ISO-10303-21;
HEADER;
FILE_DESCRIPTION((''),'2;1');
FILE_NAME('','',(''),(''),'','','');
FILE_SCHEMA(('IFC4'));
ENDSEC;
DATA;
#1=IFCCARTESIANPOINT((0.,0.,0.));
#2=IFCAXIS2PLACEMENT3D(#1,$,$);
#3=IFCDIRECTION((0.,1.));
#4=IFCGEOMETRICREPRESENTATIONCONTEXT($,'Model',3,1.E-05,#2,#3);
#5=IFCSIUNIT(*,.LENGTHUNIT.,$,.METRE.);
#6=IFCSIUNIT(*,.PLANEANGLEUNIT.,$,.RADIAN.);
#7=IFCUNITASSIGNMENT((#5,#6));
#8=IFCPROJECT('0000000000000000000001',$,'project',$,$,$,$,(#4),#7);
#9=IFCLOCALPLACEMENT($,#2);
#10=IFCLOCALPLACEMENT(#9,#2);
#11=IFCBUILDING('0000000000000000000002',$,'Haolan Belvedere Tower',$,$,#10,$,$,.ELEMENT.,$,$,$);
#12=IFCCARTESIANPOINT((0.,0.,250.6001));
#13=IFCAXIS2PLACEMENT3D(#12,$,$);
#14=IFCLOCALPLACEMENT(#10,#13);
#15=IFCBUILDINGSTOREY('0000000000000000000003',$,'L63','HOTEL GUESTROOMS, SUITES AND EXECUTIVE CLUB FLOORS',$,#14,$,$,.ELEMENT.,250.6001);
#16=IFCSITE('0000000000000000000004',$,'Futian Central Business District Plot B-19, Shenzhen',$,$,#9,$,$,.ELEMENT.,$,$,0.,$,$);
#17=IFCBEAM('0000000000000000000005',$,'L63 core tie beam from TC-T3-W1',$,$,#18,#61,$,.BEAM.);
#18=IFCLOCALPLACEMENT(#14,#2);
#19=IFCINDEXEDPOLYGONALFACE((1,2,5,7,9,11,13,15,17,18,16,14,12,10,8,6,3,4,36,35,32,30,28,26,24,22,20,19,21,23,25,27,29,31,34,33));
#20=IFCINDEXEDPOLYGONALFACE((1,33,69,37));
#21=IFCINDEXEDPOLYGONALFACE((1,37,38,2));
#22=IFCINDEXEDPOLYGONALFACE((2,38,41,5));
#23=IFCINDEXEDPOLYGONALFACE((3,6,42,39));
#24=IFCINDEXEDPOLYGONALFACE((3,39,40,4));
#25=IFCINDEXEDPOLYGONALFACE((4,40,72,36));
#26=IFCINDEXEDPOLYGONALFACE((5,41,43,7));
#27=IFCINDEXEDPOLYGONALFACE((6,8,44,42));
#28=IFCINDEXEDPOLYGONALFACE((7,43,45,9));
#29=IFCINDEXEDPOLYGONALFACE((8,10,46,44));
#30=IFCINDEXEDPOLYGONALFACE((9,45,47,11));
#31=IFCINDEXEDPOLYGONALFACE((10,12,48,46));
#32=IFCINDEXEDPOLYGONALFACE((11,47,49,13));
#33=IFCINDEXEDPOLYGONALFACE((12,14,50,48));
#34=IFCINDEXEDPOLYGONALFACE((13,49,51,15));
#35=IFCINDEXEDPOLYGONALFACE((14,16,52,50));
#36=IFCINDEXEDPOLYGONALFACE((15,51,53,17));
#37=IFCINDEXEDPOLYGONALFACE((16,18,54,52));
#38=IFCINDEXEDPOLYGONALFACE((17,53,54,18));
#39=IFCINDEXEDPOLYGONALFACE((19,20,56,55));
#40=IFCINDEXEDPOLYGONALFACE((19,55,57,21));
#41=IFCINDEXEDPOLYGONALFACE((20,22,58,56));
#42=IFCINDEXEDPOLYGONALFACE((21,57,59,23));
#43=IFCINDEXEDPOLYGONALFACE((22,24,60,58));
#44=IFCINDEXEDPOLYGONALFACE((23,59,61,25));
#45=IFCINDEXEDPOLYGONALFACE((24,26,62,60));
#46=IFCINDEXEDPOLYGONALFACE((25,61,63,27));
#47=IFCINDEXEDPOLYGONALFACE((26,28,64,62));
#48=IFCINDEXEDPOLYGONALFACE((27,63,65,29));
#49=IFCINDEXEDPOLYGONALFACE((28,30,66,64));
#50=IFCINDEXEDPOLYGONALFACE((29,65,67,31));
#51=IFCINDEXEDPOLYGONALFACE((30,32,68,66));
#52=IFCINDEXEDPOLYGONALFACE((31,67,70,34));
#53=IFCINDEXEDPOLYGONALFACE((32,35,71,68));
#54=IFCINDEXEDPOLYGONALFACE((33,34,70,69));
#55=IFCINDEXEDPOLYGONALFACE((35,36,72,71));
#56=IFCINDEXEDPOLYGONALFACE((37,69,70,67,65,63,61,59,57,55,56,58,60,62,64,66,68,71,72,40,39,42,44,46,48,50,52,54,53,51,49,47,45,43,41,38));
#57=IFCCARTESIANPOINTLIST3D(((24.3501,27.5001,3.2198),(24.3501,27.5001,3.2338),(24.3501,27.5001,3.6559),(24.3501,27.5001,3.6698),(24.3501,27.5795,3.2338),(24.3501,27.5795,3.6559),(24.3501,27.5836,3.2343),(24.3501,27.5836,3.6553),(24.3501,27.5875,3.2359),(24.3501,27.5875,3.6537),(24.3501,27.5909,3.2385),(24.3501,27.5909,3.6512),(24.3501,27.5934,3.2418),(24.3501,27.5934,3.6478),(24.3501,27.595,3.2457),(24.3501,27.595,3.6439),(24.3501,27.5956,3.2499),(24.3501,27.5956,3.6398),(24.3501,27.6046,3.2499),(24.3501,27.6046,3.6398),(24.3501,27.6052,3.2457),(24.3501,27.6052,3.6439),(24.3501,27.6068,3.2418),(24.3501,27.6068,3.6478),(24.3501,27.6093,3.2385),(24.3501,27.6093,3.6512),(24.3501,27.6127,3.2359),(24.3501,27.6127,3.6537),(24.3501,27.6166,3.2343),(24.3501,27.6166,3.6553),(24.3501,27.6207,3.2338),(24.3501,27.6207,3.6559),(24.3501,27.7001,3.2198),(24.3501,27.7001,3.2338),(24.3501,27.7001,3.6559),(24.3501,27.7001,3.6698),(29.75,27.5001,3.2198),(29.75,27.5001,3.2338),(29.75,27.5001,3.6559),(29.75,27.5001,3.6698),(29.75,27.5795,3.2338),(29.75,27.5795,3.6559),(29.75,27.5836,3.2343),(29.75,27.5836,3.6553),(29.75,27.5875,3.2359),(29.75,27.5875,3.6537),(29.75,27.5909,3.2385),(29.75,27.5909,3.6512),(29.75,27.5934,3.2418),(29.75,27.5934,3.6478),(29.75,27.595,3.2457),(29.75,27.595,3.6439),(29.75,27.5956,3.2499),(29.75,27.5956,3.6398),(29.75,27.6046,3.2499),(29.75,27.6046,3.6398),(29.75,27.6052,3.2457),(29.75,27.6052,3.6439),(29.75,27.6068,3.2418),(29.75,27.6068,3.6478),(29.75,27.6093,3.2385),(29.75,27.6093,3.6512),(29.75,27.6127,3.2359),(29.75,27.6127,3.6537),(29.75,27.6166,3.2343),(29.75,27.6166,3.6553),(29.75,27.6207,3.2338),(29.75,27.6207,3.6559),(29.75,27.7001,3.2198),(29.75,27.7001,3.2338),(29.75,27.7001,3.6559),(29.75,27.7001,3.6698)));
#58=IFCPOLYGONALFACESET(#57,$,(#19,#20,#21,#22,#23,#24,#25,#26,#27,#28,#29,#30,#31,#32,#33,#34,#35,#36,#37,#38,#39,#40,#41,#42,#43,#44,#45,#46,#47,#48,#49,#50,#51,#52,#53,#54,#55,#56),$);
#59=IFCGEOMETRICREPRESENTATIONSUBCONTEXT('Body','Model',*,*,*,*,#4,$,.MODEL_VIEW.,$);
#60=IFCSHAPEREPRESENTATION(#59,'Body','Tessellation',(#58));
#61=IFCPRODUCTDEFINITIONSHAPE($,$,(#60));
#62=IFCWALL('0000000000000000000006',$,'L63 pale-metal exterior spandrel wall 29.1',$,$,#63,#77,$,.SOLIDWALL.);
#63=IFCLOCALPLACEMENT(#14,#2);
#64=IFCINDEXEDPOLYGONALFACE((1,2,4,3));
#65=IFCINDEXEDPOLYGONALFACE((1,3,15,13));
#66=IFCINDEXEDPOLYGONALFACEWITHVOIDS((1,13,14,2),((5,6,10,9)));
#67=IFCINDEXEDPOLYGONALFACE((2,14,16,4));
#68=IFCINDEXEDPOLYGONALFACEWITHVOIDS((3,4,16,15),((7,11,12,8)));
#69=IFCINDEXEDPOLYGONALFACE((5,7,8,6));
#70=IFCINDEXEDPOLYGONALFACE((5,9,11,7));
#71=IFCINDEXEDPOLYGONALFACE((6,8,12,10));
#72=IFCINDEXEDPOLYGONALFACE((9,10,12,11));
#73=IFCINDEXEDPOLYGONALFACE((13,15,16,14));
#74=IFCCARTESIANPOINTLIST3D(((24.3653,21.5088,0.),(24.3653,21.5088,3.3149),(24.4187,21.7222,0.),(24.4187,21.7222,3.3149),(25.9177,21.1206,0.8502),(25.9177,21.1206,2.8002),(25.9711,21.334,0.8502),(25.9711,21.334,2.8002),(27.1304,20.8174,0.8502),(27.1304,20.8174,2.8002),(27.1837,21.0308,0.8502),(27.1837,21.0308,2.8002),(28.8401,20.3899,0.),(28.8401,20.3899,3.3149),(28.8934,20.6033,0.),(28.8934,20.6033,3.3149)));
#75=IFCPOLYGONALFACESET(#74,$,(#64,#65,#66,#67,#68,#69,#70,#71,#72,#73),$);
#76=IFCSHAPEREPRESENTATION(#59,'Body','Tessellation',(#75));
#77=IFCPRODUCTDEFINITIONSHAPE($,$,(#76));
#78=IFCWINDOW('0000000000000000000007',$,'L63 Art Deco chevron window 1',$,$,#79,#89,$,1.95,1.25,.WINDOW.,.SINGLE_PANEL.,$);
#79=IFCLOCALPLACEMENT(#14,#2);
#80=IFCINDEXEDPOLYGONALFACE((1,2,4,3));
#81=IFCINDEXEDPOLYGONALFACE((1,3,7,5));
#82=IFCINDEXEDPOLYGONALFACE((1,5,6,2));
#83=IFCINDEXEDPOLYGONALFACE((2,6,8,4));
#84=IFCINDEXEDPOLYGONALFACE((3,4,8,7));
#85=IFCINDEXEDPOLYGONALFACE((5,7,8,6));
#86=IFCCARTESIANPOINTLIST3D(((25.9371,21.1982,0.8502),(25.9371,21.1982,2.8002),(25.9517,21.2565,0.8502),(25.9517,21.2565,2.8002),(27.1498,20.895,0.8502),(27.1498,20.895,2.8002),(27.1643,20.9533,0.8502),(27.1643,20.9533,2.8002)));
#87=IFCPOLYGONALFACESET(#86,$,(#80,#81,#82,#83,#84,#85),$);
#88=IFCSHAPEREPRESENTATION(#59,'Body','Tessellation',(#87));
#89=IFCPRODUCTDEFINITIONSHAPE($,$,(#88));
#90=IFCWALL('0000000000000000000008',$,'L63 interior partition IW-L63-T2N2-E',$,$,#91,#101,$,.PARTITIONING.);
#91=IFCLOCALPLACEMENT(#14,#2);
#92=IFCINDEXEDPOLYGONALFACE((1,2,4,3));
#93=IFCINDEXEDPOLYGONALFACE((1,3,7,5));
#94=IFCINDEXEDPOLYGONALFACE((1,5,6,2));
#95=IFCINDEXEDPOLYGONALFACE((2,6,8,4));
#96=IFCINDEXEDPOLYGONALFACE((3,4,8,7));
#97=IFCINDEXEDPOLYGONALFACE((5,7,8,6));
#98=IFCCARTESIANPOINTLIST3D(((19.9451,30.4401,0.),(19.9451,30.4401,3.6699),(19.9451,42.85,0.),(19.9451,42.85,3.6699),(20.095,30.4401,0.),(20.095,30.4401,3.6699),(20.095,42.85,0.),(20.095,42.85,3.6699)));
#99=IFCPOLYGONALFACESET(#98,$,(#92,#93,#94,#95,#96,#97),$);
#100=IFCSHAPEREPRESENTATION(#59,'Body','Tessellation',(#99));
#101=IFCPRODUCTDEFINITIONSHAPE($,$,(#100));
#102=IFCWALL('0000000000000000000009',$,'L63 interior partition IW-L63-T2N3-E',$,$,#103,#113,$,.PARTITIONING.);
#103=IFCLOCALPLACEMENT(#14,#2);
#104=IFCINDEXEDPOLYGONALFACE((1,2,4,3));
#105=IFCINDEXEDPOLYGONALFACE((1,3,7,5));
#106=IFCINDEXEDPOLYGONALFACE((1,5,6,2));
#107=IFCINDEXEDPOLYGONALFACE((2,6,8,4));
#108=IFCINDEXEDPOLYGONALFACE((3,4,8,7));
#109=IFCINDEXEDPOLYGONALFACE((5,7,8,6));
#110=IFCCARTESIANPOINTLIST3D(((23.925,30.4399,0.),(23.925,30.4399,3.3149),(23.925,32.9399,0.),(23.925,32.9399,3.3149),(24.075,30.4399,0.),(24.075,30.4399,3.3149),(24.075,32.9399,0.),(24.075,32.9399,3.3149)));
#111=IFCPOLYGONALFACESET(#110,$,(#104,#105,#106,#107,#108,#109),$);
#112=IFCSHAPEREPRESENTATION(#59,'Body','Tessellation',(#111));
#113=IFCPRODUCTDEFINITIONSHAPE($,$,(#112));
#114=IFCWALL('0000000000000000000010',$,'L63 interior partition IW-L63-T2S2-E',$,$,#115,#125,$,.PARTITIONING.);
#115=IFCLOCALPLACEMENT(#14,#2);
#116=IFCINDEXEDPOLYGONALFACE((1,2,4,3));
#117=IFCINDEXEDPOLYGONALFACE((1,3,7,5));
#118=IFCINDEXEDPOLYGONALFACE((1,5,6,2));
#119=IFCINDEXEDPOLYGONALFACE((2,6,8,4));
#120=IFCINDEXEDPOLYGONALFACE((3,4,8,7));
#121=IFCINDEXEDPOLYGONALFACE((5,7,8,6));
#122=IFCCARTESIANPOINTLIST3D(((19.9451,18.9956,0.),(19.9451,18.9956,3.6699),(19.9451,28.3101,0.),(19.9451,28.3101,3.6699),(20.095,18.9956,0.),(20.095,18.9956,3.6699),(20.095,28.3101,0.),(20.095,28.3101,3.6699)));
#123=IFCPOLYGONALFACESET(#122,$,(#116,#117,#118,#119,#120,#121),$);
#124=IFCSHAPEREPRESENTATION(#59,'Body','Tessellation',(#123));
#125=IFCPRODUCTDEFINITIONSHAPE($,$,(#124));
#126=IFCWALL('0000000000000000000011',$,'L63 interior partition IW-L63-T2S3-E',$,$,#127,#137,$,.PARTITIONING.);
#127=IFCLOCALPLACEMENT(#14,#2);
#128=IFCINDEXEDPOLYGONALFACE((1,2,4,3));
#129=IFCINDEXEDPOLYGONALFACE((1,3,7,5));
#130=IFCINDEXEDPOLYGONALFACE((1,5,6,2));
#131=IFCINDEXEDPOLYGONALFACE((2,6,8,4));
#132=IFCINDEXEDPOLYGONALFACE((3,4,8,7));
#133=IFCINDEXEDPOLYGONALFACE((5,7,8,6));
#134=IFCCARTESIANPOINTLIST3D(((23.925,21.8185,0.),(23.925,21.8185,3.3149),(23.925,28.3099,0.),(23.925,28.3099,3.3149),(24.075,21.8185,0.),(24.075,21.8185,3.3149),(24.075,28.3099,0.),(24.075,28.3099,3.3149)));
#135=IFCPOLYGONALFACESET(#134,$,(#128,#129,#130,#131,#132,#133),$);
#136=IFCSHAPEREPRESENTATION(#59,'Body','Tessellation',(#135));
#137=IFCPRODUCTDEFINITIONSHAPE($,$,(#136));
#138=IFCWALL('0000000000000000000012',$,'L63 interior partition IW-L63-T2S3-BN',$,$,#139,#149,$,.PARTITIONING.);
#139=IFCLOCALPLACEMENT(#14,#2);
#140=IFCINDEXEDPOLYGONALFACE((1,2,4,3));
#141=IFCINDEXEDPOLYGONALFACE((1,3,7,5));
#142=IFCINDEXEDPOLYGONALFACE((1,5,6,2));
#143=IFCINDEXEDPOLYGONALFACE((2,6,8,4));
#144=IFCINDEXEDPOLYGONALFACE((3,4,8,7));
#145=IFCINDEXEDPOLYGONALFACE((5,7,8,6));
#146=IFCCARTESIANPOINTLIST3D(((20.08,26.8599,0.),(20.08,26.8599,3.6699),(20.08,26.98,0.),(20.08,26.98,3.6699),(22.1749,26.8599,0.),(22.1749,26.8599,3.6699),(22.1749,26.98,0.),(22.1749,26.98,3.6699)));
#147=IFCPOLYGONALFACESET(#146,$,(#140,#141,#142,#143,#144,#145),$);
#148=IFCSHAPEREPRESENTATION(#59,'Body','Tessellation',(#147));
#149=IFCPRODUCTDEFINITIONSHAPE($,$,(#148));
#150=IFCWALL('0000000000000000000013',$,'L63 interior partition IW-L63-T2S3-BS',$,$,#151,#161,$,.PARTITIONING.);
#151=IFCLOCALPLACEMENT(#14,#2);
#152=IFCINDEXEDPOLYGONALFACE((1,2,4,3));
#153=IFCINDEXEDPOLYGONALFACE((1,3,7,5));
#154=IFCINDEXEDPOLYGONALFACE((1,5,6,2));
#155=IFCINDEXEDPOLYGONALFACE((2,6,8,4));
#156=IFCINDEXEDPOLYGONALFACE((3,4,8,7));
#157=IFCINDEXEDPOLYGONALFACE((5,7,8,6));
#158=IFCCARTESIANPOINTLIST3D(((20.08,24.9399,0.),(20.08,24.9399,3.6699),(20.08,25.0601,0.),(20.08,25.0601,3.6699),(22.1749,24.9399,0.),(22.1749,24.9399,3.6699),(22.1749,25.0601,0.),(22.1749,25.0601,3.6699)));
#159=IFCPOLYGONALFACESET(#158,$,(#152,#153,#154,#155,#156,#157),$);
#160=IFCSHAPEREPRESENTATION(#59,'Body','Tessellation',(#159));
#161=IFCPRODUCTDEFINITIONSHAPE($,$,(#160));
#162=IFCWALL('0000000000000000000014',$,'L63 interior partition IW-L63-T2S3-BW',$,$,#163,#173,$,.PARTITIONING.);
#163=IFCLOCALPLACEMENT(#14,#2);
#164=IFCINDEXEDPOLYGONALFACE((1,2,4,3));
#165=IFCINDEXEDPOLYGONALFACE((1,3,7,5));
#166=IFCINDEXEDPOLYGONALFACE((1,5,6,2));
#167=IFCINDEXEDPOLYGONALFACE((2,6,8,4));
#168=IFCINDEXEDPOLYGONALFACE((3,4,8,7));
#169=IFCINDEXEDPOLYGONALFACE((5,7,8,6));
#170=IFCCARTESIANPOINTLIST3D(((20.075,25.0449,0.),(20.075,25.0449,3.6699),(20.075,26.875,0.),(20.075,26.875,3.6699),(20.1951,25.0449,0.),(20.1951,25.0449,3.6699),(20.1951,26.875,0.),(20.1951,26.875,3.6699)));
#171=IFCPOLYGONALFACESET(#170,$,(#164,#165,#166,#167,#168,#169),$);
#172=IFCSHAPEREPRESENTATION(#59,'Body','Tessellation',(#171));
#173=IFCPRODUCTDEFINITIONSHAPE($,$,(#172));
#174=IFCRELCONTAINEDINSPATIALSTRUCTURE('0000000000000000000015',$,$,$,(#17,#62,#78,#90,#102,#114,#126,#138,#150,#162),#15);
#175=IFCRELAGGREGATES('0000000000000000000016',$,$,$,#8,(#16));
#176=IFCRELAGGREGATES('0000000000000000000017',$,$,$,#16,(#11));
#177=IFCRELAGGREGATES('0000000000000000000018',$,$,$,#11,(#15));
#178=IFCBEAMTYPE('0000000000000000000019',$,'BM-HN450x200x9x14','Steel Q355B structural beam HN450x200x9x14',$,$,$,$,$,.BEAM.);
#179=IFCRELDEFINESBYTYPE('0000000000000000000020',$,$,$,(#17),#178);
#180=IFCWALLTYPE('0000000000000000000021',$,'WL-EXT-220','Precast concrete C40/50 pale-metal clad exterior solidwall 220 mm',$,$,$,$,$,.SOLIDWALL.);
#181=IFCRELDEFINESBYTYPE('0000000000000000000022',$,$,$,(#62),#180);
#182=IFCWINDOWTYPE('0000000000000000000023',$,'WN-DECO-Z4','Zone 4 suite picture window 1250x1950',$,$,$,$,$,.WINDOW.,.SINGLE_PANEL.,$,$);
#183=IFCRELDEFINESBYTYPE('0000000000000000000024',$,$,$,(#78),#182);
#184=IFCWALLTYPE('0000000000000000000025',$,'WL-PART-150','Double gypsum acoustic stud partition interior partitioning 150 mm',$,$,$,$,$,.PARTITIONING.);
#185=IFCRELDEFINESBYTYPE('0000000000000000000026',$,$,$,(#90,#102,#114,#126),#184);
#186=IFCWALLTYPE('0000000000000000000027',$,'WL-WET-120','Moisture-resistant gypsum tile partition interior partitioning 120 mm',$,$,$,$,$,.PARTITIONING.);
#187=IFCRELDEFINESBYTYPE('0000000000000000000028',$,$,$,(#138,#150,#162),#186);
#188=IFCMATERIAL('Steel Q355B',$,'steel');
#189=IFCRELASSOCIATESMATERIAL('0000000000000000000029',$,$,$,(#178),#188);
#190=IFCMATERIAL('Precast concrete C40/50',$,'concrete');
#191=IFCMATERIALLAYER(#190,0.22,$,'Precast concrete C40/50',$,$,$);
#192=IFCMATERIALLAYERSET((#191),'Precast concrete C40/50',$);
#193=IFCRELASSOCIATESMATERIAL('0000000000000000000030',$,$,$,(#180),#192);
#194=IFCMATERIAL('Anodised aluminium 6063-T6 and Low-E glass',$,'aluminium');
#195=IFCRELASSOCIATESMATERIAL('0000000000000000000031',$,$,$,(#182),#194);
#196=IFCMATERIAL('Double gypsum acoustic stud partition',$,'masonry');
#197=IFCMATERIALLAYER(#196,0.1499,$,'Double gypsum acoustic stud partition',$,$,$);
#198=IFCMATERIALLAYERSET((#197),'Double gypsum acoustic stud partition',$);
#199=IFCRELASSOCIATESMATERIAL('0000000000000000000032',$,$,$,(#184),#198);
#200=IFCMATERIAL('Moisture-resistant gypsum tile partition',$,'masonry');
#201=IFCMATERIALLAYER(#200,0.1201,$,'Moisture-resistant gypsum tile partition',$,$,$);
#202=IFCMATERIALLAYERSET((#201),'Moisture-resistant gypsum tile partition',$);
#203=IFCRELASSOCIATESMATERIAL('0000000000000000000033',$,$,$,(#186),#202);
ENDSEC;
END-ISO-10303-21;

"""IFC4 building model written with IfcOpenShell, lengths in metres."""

from ifc_helpers import new_model, si_unit, direction, frame, frame_2d, origin, origin_2d, place, context, subcontext, project, spatial, rectangle, i_section, extrude, material, layer, layer_set, material_profile, profile_set, type_object, element, fill, save


model = new_model("IFC4")

# Units and contexts
model_context = context("Model", 3, precision=1e-05, world=origin(), true_north=direction((0.0, 1.0)))
body_context = subcontext(model_context, "Body", "Model", "MODEL_VIEW")
ifc_project = project(units=[si_unit("LENGTHUNIT", "METRE"), si_unit("PLANEANGLEUNIT", "RADIAN")], contexts=[model_context])

# Site, building, storey
site_placement = place(None, origin())
site = spatial("IfcSite", under=ifc_project, at=site_placement, Name="Futian Central Business District Plot B-19, Shenzhen", CompositionType="ELEMENT", RefElevation=0.0)
building_placement = place(site_placement, origin())
building = spatial("IfcBuilding", under=site, at=building_placement, Name="Haolan Belvedere Tower", CompositionType="ELEMENT")
storey_placement = place(building_placement, frame((0.0, 0.0, 250.6001)))
storey = spatial("IfcBuildingStorey", under=building, at=storey_placement, Name="L63", Description="HOTEL GUESTROOMS, SUITES AND EXECUTIVE CLUB FLOORS", CompositionType="ELEMENT", Elevation=250.6001)

# Beam
ifc_material_1 = material(Name="Steel Q355B", Category="steel")
ifc_material_profile_1 = material_profile(ifc_material_1, i_section(OverallWidth=0.2, OverallDepth=0.45, WebThickness=0.009, FlangeThickness=0.0139, FilletRadius=0.0161, at=origin_2d()), Name="Steel Q355B")
ifc_profile_set_1 = profile_set([ifc_material_profile_1], Name="Steel Q355B")
beam_type_1 = type_object("IfcBeamType", Name="BM-HN450x200x9x14", Description="Steel Q355B structural beam HN450x200x9x14", PredefinedType="BEAM", material=ifc_profile_set_1)
beam_1_placement = place(storey_placement, frame((24.3501, 27.6001, 3.4448), z_axis=(1.0, 0.0, 0.0), x_axis=(0.0, 1.0, 0.0)))
element("IfcBeam", 1, at=beam_1_placement, inside=storey, type_object=beam_type_1, Name="L63 core tie beam from TC-T3-W1", PredefinedType="BEAM", context=body_context, shape_type="SweptSolid", body=[
    extrude(i_section(OverallWidth=0.2, OverallDepth=0.45, WebThickness=0.009, FlangeThickness=0.0139, FilletRadius=0.0161, at=origin_2d()), origin(), (0.0, 0.0, 1.0), 5.3999),
])

# Wall, opening, window
ifc_material_2 = material(Name="Precast concrete C40/50", Category="concrete")
ifc_layer_1 = layer(ifc_material_2, 0.22, Name="Precast concrete C40/50")
ifc_layer_set_1 = layer_set([ifc_layer_1], Name="Precast concrete C40/50")
wall_type_1 = type_object("IfcWallType", Name="WL-EXT-220", Description="Precast concrete C40/50 pale-metal clad exterior solidwall 220 mm", PredefinedType="SOLIDWALL", material=ifc_layer_set_1)
wall_1_placement = place(storey_placement, frame((24.3921, 21.6155, 0.0), z_axis=(0.0, 0.0, 1.0), x_axis=(0.970133, -0.242573, 0.0)))
wall_1 = element("IfcWall", 2, at=wall_1_placement, inside=storey, type_object=wall_type_1, Name="L63 pale-metal exterior spandrel wall 29.1", PredefinedType="SOLIDWALL", context=body_context, shape_type="SweptSolid", body=[
    extrude(rectangle(XDim=4.6125, YDim=0.22, at=frame_2d((2.3062, 0.0))), origin(), (0.0, 0.0, 1.0), 3.3149),
])
opening_1_placement = place(wall_1_placement, frame((1.6001, 0.0, 0.8501)))
opening_1 = element("IfcOpeningElement", 3, at=opening_1_placement, cuts=wall_1, PredefinedType="OPENING", context=body_context, shape_type="SweptSolid", body=[
    extrude(rectangle(XDim=1.25, YDim=1.95, at=frame_2d((0.625, 0.9751))), frame((0.0, 0.1199, 0.0), z_axis=(0.0, -1.0, 0.0), x_axis=(1.0, 0.0, 0.0)), (0.0, 0.0, 1.0), 0.24),
])
ifc_material_3 = material(Name="Anodised aluminium 6063-T6 and Low-E glass", Category="aluminium")
window_type = type_object("IfcWindowType", Name="WN-DECO-Z4", Description="Zone 4 suite picture window 1250x1950", PartitioningType="SINGLE_PANEL", PredefinedType="WINDOW", material=ifc_material_3)
window_placement = place(opening_1_placement, origin())
window = element("IfcWindow", 4, at=window_placement, inside=storey, type_object=window_type, Name="L63 Art Deco chevron window 1", OverallHeight=1.95, OverallWidth=1.25, PartitioningType="SINGLE_PANEL", PredefinedType="WINDOW", context=body_context, shape_type="SweptSolid", body=[
    extrude(rectangle(XDim=1.25, YDim=1.95, at=frame_2d((0.625, 0.9751))), frame((0.0, 0.03, 0.0), z_axis=(0.0, -1.0, 0.0), x_axis=(1.0, 0.0, 0.0)), (0.0, 0.0, 1.0), 0.0601),
])
fill(opening_1, window)

# Wall
ifc_material_4 = material(Name="Double gypsum acoustic stud partition", Category="masonry")
ifc_layer_2 = layer(ifc_material_4, 0.1499, Name="Double gypsum acoustic stud partition")
ifc_layer_set_2 = layer_set([ifc_layer_2], Name="Double gypsum acoustic stud partition")
wall_type_2 = type_object("IfcWallType", Name="WL-PART-150", Description="Double gypsum acoustic stud partition interior partitioning 150 mm", PredefinedType="PARTITIONING", material=ifc_layer_set_2)
wall_2_placement = place(storey_placement, frame((20.02, 30.4399, 0.0), z_axis=(0.0, 0.0, 1.0), x_axis=(0.0, 1.0, 0.0)))
element("IfcWall", 5, at=wall_2_placement, inside=storey, type_object=wall_type_2, Name="L63 interior partition IW-L63-T2N2-E", PredefinedType="PARTITIONING", context=body_context, shape_type="SweptSolid", body=[
    extrude(rectangle(XDim=12.4099, YDim=0.1499, at=frame_2d((6.2051, 0.0))), origin(), (0.0, 0.0, 1.0), 3.6699),
])

# Walls
wall_3_placement = place(storey_placement, frame((24.0, 30.4399, 0.0), z_axis=(0.0, 0.0, 1.0), x_axis=(0.0, 1.0, 0.0)))
element("IfcWall", 6, at=wall_3_placement, inside=storey, type_object=wall_type_2, Name="L63 interior partition IW-L63-T2N3-E", PredefinedType="PARTITIONING", context=body_context, shape_type="SweptSolid", body=[
    extrude(rectangle(XDim=2.5, YDim=0.1499, at=frame_2d((1.25, 0.0))), origin(), (0.0, 0.0, 1.0), 3.3149),
])
wall_4_placement = place(storey_placement, frame((20.02, 18.9956, 0.0), z_axis=(0.0, 0.0, 1.0), x_axis=(0.0, 1.0, 0.0)))
element("IfcWall", 7, at=wall_4_placement, inside=storey, type_object=wall_type_2, Name="L63 interior partition IW-L63-T2S2-E", PredefinedType="PARTITIONING", context=body_context, shape_type="SweptSolid", body=[
    extrude(rectangle(XDim=9.3145, YDim=0.1499, at=frame_2d((4.6572, 0.0))), origin(), (0.0, 0.0, 1.0), 3.6699),
])

# Walls
wall_5_placement = place(storey_placement, frame((24.0, 21.8186, 0.0), z_axis=(0.0, 0.0, 1.0), x_axis=(0.0, 1.0, 0.0)))
element("IfcWall", 8, at=wall_5_placement, inside=storey, type_object=wall_type_2, Name="L63 interior partition IW-L63-T2S3-E", PredefinedType="PARTITIONING", context=body_context, shape_type="SweptSolid", body=[
    extrude(rectangle(XDim=6.4915, YDim=0.1499, at=frame_2d((3.2456, 0.0))), origin(), (0.0, 0.0, 1.0), 3.3149),
])
ifc_material_5 = material(Name="Moisture-resistant gypsum tile partition", Category="masonry")
ifc_layer_3 = layer(ifc_material_5, 0.1201, Name="Moisture-resistant gypsum tile partition")
ifc_layer_set_3 = layer_set([ifc_layer_3], Name="Moisture-resistant gypsum tile partition")
wall_type_3 = type_object("IfcWallType", Name="WL-WET-120", Description="Moisture-resistant gypsum tile partition interior partitioning 120 mm", PredefinedType="PARTITIONING", material=ifc_layer_set_3)
for number, where, z_axis, x_axis, name in (
    (9, (20.0801, 26.9199, 0.0), (0.0, 0.0, 1.0), (1.0, 0.0, 0.0), "L63 interior partition IW-L63-T2S3-BN"),
    (10, (20.0801, 25.0, 0.0), (0.0, 0.0, 1.0), (1.0, 0.0, 0.0), "L63 interior partition IW-L63-T2S3-BS"),
):
    element("IfcWall", number, at=place(storey_placement, frame(where, z_axis=z_axis, x_axis=x_axis)), inside=storey, type_object=wall_type_3, Name=name, PredefinedType="PARTITIONING", context=body_context, shape_type="SweptSolid", body=[
        extrude(rectangle(XDim=2.095, YDim=0.1201, at=frame_2d((1.0474, 0.0))), origin(), (0.0, 0.0, 1.0), 3.6699),
    ])
wall_6_placement = place(storey_placement, frame((20.135, 25.0449, 0.0), z_axis=(0.0, 0.0, 1.0), x_axis=(0.0, 1.0, 0.0)))
element("IfcWall", 11, at=wall_6_placement, inside=storey, type_object=wall_type_3, Name="L63 interior partition IW-L63-T2S3-BW", PredefinedType="PARTITIONING", context=body_context, shape_type="SweptSolid", body=[
    extrude(rectangle(XDim=1.8301, YDim=0.1201, at=frame_2d((0.915, 0.0))), origin(), (0.0, 0.0, 1.0), 3.6699),
])

save(model, "model.ifc")
